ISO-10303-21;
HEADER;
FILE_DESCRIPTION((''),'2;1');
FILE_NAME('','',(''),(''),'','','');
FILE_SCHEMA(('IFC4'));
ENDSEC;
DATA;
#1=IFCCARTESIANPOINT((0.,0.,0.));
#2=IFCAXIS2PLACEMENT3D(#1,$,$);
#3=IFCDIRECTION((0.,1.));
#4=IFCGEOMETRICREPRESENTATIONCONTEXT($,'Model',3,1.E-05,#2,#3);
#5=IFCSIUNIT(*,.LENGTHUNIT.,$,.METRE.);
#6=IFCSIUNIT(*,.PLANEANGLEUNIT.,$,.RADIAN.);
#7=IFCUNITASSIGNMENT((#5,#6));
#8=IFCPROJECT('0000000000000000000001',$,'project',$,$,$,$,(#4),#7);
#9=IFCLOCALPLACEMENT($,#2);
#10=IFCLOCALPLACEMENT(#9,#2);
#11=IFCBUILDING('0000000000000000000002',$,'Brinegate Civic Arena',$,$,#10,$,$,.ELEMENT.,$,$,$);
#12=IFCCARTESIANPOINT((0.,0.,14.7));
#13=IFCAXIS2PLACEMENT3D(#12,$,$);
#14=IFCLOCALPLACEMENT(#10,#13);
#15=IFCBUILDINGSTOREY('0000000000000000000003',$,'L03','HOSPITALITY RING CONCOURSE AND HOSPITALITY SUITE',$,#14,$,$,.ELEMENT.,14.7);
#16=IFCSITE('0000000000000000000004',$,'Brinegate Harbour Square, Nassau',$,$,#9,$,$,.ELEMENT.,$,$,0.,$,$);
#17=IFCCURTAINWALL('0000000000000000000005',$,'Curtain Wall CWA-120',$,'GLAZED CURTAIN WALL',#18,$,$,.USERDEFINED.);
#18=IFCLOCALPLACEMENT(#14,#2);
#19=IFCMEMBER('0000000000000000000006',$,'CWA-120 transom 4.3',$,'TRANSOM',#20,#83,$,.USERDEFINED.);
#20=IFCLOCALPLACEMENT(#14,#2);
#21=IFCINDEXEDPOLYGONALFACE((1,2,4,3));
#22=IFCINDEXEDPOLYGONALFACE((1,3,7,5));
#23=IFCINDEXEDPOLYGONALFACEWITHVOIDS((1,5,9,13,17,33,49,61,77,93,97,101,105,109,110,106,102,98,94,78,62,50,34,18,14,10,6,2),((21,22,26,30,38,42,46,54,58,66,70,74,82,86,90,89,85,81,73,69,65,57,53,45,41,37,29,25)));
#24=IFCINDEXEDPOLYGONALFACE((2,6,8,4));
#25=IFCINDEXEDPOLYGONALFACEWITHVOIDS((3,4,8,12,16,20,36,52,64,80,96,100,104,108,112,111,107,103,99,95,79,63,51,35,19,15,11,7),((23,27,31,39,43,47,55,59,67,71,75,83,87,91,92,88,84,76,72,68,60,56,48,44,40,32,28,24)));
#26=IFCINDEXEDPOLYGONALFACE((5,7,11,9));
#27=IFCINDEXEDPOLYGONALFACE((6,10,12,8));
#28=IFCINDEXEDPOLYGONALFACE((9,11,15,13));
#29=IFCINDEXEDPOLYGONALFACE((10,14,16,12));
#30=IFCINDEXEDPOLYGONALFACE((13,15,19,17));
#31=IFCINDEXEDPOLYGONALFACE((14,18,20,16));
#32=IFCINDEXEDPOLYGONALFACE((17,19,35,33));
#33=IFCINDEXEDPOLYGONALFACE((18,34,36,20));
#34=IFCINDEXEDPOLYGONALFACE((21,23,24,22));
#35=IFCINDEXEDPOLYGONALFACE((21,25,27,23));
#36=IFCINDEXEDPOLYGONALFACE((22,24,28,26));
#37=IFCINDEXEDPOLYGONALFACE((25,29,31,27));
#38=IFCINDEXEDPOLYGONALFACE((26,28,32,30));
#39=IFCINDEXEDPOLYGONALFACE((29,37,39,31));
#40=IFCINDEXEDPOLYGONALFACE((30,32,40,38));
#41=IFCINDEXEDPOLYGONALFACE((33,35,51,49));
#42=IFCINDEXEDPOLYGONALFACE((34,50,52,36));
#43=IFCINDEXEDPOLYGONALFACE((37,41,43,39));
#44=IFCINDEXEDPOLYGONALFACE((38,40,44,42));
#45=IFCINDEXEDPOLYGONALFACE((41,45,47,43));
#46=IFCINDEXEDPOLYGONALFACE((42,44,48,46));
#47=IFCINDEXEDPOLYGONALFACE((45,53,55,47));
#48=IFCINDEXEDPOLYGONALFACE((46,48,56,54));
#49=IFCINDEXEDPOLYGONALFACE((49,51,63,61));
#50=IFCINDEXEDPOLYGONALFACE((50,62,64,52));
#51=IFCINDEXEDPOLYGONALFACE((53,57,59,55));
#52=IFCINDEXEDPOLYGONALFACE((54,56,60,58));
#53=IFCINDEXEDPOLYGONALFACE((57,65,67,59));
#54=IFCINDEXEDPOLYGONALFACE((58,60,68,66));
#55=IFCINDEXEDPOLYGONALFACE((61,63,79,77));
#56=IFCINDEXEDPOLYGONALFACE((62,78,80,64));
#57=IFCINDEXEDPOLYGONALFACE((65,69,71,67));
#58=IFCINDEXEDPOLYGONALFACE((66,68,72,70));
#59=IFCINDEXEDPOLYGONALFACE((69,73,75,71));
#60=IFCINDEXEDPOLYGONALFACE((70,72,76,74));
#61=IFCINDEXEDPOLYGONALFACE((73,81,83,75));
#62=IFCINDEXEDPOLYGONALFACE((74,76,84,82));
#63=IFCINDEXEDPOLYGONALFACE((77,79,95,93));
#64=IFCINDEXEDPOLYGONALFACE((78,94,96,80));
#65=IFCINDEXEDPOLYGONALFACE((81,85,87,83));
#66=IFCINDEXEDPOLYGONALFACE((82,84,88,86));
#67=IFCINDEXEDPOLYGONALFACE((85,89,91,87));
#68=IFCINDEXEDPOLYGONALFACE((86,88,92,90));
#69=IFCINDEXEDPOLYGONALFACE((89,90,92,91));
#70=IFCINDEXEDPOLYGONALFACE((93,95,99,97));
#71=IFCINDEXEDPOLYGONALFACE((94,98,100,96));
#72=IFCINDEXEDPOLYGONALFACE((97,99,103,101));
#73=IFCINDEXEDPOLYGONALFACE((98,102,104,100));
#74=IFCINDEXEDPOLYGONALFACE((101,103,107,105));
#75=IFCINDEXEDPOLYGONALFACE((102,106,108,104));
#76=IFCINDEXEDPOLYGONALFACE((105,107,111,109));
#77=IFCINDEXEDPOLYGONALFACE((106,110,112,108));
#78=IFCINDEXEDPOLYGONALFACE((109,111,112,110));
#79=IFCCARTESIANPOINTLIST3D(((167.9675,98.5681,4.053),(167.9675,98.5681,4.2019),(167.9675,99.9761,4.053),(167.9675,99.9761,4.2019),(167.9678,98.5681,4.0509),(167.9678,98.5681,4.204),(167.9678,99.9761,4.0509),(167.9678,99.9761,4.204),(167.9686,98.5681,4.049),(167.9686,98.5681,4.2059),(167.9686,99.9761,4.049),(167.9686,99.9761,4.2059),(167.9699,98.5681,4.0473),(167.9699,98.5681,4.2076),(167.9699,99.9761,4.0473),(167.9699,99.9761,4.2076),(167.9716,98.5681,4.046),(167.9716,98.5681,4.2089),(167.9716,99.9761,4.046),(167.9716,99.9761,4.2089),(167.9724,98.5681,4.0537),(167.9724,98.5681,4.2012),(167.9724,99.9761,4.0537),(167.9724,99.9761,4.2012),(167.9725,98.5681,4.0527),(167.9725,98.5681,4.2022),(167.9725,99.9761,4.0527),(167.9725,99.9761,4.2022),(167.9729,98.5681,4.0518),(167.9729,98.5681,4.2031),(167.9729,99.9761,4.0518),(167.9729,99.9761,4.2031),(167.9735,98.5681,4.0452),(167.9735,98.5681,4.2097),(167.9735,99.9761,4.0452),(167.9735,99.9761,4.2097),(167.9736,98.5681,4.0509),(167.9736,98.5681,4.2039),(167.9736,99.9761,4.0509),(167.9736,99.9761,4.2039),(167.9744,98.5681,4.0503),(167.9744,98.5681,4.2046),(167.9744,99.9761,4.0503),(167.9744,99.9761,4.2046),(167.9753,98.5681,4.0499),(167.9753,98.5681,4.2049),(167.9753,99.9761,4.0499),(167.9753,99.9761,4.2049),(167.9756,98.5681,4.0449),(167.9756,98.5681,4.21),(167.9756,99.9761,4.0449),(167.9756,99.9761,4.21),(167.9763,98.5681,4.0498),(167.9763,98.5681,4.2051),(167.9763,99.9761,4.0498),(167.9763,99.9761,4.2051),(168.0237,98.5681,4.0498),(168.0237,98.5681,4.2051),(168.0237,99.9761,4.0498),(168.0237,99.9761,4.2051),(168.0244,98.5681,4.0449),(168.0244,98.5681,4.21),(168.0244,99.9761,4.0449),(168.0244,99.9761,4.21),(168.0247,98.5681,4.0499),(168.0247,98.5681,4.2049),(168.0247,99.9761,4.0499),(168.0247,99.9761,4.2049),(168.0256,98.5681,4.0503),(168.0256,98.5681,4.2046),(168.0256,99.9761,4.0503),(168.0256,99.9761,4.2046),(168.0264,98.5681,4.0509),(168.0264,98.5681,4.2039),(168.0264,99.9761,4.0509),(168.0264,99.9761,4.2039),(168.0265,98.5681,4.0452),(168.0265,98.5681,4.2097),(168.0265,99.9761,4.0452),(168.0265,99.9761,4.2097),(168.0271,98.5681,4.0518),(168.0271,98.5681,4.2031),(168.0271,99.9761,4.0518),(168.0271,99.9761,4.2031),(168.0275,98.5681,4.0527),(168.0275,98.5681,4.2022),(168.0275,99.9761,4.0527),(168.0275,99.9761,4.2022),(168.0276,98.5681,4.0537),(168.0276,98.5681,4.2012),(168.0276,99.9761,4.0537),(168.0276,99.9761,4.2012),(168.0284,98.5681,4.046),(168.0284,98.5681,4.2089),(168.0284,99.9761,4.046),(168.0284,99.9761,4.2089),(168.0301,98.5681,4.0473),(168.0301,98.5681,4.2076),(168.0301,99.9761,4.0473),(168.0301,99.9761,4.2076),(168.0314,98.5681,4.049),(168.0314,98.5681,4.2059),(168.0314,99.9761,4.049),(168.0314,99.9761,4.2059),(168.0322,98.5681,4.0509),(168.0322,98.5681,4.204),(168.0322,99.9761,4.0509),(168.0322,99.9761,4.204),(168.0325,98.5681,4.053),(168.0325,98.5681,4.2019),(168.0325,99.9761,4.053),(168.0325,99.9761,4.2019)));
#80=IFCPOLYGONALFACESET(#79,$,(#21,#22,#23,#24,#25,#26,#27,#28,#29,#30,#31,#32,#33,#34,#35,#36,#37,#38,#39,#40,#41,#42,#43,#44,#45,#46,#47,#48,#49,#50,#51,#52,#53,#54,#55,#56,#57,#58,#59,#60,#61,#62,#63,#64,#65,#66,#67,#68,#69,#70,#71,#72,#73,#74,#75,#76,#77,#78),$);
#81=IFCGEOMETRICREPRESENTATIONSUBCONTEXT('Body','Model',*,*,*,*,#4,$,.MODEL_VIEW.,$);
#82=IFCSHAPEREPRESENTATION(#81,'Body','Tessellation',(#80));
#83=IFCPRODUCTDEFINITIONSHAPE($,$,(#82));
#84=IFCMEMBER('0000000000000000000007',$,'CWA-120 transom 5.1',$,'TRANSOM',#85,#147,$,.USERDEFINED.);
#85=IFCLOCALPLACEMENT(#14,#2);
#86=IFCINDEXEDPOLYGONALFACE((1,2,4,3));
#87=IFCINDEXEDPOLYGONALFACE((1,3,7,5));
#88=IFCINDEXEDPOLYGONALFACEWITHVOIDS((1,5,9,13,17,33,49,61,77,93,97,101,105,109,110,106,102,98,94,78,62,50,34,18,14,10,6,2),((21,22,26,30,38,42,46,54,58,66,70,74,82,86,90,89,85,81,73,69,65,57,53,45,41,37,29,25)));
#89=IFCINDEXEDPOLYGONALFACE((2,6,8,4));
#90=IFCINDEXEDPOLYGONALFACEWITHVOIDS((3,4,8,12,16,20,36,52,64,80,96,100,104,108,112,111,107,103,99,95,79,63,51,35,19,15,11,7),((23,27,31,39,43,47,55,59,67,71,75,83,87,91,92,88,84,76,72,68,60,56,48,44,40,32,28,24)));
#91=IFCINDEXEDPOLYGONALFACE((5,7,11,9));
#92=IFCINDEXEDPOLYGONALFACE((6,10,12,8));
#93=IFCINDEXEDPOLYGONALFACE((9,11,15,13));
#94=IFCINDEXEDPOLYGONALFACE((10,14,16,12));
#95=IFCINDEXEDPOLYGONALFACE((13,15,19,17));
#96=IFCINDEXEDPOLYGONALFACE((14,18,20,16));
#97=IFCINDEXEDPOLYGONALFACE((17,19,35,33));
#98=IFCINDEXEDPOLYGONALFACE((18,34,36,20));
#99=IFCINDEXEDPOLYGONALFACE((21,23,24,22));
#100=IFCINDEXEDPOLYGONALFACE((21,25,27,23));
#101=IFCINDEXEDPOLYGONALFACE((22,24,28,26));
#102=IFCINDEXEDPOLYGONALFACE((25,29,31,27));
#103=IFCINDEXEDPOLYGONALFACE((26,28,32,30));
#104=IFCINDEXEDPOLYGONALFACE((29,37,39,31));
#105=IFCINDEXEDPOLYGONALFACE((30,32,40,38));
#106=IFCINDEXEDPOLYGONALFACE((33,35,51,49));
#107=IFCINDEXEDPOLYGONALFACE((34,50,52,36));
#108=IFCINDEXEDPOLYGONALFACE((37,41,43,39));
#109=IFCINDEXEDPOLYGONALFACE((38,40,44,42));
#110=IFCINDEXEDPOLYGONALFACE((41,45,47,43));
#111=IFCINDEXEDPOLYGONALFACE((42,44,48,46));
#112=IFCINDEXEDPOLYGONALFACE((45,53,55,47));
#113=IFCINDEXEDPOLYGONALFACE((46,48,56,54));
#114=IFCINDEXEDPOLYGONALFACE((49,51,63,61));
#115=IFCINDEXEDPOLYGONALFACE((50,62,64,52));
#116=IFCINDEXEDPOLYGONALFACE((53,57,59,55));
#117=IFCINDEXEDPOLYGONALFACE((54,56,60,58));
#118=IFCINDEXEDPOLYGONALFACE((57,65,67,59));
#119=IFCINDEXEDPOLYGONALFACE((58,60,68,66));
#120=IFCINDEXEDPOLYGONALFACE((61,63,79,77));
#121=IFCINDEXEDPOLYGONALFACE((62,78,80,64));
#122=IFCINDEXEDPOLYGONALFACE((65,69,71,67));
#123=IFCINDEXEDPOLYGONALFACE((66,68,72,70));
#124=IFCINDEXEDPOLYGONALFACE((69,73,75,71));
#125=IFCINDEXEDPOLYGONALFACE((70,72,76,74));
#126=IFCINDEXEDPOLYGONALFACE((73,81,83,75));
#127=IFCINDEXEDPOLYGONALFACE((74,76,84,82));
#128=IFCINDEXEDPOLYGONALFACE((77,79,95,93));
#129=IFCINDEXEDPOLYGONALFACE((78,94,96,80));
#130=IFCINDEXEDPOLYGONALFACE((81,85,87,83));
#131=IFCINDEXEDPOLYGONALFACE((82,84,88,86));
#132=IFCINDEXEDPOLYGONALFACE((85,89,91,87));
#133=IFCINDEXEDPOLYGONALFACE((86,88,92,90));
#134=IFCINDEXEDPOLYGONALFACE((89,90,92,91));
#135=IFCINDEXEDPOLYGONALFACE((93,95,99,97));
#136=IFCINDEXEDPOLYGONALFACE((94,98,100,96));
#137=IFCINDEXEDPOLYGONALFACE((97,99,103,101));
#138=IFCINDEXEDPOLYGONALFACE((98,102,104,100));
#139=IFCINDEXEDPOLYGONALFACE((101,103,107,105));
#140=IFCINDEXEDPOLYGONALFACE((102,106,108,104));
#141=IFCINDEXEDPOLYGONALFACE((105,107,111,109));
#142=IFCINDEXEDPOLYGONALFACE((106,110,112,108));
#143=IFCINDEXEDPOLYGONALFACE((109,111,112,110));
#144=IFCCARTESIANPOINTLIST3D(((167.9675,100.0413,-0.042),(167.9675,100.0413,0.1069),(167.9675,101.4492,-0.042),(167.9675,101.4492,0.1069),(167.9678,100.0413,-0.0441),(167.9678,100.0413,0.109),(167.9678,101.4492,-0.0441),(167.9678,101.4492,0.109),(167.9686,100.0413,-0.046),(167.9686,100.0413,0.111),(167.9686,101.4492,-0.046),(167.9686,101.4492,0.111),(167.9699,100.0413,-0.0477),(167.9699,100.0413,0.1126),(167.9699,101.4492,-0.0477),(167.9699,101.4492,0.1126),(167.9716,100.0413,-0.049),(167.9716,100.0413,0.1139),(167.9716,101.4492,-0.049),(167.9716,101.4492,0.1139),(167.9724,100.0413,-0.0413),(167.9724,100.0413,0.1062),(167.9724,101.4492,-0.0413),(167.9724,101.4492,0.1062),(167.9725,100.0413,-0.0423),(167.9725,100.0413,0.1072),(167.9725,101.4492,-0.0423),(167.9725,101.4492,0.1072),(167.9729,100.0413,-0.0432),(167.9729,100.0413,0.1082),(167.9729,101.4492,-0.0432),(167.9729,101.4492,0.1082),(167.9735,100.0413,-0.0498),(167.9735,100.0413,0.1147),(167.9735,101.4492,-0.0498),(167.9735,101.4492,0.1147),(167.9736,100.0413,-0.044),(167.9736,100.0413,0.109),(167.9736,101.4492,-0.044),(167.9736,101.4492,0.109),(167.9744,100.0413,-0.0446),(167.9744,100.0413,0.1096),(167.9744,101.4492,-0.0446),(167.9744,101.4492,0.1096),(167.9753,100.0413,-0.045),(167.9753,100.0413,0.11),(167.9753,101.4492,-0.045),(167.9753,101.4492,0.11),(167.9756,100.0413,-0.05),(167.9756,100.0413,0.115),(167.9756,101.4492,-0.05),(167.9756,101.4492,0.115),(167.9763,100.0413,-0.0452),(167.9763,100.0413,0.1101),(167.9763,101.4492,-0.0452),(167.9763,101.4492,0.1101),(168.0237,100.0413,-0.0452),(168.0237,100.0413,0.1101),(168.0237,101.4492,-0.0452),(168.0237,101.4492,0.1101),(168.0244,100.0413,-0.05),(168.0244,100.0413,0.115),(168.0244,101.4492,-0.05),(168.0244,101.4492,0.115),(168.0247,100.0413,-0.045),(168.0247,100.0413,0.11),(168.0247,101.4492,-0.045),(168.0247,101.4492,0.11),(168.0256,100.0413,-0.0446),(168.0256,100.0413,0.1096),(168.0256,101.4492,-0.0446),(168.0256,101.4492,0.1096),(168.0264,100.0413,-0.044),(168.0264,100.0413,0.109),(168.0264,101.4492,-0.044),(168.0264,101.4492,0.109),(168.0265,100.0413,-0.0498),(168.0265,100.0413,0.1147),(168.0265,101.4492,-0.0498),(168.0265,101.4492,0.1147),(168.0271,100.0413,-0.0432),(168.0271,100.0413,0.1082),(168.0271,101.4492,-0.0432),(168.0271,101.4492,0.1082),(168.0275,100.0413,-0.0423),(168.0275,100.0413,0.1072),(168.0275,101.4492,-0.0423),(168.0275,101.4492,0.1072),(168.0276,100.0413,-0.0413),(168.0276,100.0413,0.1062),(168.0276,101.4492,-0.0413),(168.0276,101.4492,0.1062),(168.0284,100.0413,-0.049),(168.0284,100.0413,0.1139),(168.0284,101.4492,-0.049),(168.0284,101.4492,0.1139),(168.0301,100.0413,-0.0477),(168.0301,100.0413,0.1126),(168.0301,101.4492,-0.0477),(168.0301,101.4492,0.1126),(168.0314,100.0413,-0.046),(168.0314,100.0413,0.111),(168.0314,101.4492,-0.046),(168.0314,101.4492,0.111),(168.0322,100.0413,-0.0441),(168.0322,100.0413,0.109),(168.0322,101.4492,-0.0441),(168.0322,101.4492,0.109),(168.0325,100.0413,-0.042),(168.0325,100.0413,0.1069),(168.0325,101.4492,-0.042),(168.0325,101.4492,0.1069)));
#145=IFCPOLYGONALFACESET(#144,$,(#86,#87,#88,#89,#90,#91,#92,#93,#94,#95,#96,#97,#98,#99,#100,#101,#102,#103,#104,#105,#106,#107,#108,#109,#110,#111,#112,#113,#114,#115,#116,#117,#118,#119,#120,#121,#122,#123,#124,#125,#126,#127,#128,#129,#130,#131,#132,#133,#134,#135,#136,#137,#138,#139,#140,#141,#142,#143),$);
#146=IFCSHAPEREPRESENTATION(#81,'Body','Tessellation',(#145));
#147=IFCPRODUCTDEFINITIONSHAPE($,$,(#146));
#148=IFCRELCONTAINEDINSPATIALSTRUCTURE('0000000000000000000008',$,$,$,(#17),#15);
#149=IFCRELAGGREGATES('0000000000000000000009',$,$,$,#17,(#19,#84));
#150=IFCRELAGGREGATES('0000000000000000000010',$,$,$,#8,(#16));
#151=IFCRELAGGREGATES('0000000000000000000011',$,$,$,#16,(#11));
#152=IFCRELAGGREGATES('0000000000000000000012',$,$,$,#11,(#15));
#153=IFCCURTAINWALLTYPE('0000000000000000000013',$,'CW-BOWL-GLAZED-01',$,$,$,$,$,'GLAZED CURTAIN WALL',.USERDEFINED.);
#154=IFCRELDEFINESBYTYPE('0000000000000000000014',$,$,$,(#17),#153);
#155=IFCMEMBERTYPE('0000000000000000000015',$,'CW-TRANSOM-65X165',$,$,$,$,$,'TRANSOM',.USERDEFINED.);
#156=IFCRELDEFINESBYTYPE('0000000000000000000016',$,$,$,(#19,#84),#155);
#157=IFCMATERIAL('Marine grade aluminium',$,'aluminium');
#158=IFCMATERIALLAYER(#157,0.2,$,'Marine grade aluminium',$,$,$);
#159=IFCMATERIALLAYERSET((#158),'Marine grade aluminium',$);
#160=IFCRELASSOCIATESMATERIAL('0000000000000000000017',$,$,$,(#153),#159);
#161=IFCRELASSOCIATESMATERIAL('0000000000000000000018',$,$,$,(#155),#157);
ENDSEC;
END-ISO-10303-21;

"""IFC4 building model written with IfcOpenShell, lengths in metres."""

from ifc_helpers import new_model, si_unit, direction, frame, origin, origin_2d, place, context, subcontext, project, spatial, hollow_rectangle, extrude, material, layer, layer_set, material_profile, profile_set, type_object, element, aggregate, save


model = new_model("IFC4")

# Units and contexts
model_context = context("Model", 3, precision=1e-05, world=origin(), true_north=direction((0.0, 1.0)))
body_context = subcontext(model_context, "Body", "Model", "MODEL_VIEW")
ifc_project = project(units=[si_unit("LENGTHUNIT", "METRE"), si_unit("PLANEANGLEUNIT", "RADIAN")], contexts=[model_context])

# Site, building, storey
site_placement = place(None, origin())
site = spatial("IfcSite", under=ifc_project, at=site_placement, Name="Brinegate Harbour Square, Nassau", CompositionType="ELEMENT", RefElevation=0.0)
building_placement = place(site_placement, origin())
building = spatial("IfcBuilding", under=site, at=building_placement, Name="Brinegate Civic Arena", CompositionType="ELEMENT")
storey_placement = place(building_placement, frame((0.0, 0.0, 14.7)))
storey = spatial("IfcBuildingStorey", under=building, at=storey_placement, Name="L03", Description="HOSPITALITY RING CONCOURSE AND HOSPITALITY SUITE", CompositionType="ELEMENT", Elevation=14.7)

# Curtain wall, members
ifc_material_1 = material(Name="Marine grade aluminium", Category="aluminium")
ifc_layer_1 = layer(ifc_material_1, 0.2, Name="Marine grade aluminium")
ifc_layer_set_1 = layer_set([ifc_layer_1], Name="Marine grade aluminium")
curtain_wall_type = type_object("IfcCurtainWallType", Name="CW-BOWL-GLAZED-01", ElementType="GLAZED CURTAIN WALL", PredefinedType="USERDEFINED", material=ifc_layer_set_1)
curtain_wall_placement = place(storey_placement, origin())
curtain_wall = element("IfcCurtainWall", 1, at=curtain_wall_placement, inside=storey, type_object=curtain_wall_type, Name="Curtain Wall CWA-120", ObjectType="GLAZED CURTAIN WALL", PredefinedType="USERDEFINED")
ifc_material_profile_1 = material_profile(ifc_material_1, hollow_rectangle(XDim=0.0649, YDim=0.165, WallThickness=0.0049, InnerFilletRadius=0.0039, OuterFilletRadius=0.0081, at=origin_2d()), Name="TRN65X165")
ifc_profile_set_1 = profile_set([ifc_material_profile_1], Name="Marine grade aluminium")
member_type_1 = type_object("IfcMemberType", Name="CW-TRANSOM-65X165", ElementType="TRANSOM", PredefinedType="USERDEFINED", material=ifc_profile_set_1)
member_1_placement = place(storey_placement, frame((168.0, 98.5681, 4.1274), z_axis=(0.0, 1.0, 0.0), x_axis=(-1.0, 0.0, 0.0)))
member_1 = element("IfcMember", 2, at=member_1_placement, type_object=member_type_1, Name="CWA-120 transom 4.3", ObjectType="TRANSOM", PredefinedType="USERDEFINED", context=body_context, shape_type="SweptSolid", body=[
    extrude(hollow_rectangle(XDim=0.0649, YDim=0.165, WallThickness=0.0049, InnerFilletRadius=0.0039, OuterFilletRadius=0.0081, at=origin_2d()), origin(), (0.0, 0.0, 1.0), 1.408),
])
member_2_placement = place(storey_placement, frame((168.0, 100.0413, 0.0325), z_axis=(0.0, 1.0, 0.0), x_axis=(-1.0, 0.0, 0.0)))
member_2 = element("IfcMember", 3, at=member_2_placement, type_object=member_type_1, Name="CWA-120 transom 5.1", ObjectType="TRANSOM", PredefinedType="USERDEFINED", context=body_context, shape_type="SweptSolid", body=[
    extrude(hollow_rectangle(XDim=0.0649, YDim=0.165, WallThickness=0.0049, InnerFilletRadius=0.0039, OuterFilletRadius=0.0081, at=origin_2d()), origin(), (0.0, 0.0, 1.0), 1.408),
])

aggregate(curtain_wall, [member_1, member_2])

save(model, "model.ifc")
